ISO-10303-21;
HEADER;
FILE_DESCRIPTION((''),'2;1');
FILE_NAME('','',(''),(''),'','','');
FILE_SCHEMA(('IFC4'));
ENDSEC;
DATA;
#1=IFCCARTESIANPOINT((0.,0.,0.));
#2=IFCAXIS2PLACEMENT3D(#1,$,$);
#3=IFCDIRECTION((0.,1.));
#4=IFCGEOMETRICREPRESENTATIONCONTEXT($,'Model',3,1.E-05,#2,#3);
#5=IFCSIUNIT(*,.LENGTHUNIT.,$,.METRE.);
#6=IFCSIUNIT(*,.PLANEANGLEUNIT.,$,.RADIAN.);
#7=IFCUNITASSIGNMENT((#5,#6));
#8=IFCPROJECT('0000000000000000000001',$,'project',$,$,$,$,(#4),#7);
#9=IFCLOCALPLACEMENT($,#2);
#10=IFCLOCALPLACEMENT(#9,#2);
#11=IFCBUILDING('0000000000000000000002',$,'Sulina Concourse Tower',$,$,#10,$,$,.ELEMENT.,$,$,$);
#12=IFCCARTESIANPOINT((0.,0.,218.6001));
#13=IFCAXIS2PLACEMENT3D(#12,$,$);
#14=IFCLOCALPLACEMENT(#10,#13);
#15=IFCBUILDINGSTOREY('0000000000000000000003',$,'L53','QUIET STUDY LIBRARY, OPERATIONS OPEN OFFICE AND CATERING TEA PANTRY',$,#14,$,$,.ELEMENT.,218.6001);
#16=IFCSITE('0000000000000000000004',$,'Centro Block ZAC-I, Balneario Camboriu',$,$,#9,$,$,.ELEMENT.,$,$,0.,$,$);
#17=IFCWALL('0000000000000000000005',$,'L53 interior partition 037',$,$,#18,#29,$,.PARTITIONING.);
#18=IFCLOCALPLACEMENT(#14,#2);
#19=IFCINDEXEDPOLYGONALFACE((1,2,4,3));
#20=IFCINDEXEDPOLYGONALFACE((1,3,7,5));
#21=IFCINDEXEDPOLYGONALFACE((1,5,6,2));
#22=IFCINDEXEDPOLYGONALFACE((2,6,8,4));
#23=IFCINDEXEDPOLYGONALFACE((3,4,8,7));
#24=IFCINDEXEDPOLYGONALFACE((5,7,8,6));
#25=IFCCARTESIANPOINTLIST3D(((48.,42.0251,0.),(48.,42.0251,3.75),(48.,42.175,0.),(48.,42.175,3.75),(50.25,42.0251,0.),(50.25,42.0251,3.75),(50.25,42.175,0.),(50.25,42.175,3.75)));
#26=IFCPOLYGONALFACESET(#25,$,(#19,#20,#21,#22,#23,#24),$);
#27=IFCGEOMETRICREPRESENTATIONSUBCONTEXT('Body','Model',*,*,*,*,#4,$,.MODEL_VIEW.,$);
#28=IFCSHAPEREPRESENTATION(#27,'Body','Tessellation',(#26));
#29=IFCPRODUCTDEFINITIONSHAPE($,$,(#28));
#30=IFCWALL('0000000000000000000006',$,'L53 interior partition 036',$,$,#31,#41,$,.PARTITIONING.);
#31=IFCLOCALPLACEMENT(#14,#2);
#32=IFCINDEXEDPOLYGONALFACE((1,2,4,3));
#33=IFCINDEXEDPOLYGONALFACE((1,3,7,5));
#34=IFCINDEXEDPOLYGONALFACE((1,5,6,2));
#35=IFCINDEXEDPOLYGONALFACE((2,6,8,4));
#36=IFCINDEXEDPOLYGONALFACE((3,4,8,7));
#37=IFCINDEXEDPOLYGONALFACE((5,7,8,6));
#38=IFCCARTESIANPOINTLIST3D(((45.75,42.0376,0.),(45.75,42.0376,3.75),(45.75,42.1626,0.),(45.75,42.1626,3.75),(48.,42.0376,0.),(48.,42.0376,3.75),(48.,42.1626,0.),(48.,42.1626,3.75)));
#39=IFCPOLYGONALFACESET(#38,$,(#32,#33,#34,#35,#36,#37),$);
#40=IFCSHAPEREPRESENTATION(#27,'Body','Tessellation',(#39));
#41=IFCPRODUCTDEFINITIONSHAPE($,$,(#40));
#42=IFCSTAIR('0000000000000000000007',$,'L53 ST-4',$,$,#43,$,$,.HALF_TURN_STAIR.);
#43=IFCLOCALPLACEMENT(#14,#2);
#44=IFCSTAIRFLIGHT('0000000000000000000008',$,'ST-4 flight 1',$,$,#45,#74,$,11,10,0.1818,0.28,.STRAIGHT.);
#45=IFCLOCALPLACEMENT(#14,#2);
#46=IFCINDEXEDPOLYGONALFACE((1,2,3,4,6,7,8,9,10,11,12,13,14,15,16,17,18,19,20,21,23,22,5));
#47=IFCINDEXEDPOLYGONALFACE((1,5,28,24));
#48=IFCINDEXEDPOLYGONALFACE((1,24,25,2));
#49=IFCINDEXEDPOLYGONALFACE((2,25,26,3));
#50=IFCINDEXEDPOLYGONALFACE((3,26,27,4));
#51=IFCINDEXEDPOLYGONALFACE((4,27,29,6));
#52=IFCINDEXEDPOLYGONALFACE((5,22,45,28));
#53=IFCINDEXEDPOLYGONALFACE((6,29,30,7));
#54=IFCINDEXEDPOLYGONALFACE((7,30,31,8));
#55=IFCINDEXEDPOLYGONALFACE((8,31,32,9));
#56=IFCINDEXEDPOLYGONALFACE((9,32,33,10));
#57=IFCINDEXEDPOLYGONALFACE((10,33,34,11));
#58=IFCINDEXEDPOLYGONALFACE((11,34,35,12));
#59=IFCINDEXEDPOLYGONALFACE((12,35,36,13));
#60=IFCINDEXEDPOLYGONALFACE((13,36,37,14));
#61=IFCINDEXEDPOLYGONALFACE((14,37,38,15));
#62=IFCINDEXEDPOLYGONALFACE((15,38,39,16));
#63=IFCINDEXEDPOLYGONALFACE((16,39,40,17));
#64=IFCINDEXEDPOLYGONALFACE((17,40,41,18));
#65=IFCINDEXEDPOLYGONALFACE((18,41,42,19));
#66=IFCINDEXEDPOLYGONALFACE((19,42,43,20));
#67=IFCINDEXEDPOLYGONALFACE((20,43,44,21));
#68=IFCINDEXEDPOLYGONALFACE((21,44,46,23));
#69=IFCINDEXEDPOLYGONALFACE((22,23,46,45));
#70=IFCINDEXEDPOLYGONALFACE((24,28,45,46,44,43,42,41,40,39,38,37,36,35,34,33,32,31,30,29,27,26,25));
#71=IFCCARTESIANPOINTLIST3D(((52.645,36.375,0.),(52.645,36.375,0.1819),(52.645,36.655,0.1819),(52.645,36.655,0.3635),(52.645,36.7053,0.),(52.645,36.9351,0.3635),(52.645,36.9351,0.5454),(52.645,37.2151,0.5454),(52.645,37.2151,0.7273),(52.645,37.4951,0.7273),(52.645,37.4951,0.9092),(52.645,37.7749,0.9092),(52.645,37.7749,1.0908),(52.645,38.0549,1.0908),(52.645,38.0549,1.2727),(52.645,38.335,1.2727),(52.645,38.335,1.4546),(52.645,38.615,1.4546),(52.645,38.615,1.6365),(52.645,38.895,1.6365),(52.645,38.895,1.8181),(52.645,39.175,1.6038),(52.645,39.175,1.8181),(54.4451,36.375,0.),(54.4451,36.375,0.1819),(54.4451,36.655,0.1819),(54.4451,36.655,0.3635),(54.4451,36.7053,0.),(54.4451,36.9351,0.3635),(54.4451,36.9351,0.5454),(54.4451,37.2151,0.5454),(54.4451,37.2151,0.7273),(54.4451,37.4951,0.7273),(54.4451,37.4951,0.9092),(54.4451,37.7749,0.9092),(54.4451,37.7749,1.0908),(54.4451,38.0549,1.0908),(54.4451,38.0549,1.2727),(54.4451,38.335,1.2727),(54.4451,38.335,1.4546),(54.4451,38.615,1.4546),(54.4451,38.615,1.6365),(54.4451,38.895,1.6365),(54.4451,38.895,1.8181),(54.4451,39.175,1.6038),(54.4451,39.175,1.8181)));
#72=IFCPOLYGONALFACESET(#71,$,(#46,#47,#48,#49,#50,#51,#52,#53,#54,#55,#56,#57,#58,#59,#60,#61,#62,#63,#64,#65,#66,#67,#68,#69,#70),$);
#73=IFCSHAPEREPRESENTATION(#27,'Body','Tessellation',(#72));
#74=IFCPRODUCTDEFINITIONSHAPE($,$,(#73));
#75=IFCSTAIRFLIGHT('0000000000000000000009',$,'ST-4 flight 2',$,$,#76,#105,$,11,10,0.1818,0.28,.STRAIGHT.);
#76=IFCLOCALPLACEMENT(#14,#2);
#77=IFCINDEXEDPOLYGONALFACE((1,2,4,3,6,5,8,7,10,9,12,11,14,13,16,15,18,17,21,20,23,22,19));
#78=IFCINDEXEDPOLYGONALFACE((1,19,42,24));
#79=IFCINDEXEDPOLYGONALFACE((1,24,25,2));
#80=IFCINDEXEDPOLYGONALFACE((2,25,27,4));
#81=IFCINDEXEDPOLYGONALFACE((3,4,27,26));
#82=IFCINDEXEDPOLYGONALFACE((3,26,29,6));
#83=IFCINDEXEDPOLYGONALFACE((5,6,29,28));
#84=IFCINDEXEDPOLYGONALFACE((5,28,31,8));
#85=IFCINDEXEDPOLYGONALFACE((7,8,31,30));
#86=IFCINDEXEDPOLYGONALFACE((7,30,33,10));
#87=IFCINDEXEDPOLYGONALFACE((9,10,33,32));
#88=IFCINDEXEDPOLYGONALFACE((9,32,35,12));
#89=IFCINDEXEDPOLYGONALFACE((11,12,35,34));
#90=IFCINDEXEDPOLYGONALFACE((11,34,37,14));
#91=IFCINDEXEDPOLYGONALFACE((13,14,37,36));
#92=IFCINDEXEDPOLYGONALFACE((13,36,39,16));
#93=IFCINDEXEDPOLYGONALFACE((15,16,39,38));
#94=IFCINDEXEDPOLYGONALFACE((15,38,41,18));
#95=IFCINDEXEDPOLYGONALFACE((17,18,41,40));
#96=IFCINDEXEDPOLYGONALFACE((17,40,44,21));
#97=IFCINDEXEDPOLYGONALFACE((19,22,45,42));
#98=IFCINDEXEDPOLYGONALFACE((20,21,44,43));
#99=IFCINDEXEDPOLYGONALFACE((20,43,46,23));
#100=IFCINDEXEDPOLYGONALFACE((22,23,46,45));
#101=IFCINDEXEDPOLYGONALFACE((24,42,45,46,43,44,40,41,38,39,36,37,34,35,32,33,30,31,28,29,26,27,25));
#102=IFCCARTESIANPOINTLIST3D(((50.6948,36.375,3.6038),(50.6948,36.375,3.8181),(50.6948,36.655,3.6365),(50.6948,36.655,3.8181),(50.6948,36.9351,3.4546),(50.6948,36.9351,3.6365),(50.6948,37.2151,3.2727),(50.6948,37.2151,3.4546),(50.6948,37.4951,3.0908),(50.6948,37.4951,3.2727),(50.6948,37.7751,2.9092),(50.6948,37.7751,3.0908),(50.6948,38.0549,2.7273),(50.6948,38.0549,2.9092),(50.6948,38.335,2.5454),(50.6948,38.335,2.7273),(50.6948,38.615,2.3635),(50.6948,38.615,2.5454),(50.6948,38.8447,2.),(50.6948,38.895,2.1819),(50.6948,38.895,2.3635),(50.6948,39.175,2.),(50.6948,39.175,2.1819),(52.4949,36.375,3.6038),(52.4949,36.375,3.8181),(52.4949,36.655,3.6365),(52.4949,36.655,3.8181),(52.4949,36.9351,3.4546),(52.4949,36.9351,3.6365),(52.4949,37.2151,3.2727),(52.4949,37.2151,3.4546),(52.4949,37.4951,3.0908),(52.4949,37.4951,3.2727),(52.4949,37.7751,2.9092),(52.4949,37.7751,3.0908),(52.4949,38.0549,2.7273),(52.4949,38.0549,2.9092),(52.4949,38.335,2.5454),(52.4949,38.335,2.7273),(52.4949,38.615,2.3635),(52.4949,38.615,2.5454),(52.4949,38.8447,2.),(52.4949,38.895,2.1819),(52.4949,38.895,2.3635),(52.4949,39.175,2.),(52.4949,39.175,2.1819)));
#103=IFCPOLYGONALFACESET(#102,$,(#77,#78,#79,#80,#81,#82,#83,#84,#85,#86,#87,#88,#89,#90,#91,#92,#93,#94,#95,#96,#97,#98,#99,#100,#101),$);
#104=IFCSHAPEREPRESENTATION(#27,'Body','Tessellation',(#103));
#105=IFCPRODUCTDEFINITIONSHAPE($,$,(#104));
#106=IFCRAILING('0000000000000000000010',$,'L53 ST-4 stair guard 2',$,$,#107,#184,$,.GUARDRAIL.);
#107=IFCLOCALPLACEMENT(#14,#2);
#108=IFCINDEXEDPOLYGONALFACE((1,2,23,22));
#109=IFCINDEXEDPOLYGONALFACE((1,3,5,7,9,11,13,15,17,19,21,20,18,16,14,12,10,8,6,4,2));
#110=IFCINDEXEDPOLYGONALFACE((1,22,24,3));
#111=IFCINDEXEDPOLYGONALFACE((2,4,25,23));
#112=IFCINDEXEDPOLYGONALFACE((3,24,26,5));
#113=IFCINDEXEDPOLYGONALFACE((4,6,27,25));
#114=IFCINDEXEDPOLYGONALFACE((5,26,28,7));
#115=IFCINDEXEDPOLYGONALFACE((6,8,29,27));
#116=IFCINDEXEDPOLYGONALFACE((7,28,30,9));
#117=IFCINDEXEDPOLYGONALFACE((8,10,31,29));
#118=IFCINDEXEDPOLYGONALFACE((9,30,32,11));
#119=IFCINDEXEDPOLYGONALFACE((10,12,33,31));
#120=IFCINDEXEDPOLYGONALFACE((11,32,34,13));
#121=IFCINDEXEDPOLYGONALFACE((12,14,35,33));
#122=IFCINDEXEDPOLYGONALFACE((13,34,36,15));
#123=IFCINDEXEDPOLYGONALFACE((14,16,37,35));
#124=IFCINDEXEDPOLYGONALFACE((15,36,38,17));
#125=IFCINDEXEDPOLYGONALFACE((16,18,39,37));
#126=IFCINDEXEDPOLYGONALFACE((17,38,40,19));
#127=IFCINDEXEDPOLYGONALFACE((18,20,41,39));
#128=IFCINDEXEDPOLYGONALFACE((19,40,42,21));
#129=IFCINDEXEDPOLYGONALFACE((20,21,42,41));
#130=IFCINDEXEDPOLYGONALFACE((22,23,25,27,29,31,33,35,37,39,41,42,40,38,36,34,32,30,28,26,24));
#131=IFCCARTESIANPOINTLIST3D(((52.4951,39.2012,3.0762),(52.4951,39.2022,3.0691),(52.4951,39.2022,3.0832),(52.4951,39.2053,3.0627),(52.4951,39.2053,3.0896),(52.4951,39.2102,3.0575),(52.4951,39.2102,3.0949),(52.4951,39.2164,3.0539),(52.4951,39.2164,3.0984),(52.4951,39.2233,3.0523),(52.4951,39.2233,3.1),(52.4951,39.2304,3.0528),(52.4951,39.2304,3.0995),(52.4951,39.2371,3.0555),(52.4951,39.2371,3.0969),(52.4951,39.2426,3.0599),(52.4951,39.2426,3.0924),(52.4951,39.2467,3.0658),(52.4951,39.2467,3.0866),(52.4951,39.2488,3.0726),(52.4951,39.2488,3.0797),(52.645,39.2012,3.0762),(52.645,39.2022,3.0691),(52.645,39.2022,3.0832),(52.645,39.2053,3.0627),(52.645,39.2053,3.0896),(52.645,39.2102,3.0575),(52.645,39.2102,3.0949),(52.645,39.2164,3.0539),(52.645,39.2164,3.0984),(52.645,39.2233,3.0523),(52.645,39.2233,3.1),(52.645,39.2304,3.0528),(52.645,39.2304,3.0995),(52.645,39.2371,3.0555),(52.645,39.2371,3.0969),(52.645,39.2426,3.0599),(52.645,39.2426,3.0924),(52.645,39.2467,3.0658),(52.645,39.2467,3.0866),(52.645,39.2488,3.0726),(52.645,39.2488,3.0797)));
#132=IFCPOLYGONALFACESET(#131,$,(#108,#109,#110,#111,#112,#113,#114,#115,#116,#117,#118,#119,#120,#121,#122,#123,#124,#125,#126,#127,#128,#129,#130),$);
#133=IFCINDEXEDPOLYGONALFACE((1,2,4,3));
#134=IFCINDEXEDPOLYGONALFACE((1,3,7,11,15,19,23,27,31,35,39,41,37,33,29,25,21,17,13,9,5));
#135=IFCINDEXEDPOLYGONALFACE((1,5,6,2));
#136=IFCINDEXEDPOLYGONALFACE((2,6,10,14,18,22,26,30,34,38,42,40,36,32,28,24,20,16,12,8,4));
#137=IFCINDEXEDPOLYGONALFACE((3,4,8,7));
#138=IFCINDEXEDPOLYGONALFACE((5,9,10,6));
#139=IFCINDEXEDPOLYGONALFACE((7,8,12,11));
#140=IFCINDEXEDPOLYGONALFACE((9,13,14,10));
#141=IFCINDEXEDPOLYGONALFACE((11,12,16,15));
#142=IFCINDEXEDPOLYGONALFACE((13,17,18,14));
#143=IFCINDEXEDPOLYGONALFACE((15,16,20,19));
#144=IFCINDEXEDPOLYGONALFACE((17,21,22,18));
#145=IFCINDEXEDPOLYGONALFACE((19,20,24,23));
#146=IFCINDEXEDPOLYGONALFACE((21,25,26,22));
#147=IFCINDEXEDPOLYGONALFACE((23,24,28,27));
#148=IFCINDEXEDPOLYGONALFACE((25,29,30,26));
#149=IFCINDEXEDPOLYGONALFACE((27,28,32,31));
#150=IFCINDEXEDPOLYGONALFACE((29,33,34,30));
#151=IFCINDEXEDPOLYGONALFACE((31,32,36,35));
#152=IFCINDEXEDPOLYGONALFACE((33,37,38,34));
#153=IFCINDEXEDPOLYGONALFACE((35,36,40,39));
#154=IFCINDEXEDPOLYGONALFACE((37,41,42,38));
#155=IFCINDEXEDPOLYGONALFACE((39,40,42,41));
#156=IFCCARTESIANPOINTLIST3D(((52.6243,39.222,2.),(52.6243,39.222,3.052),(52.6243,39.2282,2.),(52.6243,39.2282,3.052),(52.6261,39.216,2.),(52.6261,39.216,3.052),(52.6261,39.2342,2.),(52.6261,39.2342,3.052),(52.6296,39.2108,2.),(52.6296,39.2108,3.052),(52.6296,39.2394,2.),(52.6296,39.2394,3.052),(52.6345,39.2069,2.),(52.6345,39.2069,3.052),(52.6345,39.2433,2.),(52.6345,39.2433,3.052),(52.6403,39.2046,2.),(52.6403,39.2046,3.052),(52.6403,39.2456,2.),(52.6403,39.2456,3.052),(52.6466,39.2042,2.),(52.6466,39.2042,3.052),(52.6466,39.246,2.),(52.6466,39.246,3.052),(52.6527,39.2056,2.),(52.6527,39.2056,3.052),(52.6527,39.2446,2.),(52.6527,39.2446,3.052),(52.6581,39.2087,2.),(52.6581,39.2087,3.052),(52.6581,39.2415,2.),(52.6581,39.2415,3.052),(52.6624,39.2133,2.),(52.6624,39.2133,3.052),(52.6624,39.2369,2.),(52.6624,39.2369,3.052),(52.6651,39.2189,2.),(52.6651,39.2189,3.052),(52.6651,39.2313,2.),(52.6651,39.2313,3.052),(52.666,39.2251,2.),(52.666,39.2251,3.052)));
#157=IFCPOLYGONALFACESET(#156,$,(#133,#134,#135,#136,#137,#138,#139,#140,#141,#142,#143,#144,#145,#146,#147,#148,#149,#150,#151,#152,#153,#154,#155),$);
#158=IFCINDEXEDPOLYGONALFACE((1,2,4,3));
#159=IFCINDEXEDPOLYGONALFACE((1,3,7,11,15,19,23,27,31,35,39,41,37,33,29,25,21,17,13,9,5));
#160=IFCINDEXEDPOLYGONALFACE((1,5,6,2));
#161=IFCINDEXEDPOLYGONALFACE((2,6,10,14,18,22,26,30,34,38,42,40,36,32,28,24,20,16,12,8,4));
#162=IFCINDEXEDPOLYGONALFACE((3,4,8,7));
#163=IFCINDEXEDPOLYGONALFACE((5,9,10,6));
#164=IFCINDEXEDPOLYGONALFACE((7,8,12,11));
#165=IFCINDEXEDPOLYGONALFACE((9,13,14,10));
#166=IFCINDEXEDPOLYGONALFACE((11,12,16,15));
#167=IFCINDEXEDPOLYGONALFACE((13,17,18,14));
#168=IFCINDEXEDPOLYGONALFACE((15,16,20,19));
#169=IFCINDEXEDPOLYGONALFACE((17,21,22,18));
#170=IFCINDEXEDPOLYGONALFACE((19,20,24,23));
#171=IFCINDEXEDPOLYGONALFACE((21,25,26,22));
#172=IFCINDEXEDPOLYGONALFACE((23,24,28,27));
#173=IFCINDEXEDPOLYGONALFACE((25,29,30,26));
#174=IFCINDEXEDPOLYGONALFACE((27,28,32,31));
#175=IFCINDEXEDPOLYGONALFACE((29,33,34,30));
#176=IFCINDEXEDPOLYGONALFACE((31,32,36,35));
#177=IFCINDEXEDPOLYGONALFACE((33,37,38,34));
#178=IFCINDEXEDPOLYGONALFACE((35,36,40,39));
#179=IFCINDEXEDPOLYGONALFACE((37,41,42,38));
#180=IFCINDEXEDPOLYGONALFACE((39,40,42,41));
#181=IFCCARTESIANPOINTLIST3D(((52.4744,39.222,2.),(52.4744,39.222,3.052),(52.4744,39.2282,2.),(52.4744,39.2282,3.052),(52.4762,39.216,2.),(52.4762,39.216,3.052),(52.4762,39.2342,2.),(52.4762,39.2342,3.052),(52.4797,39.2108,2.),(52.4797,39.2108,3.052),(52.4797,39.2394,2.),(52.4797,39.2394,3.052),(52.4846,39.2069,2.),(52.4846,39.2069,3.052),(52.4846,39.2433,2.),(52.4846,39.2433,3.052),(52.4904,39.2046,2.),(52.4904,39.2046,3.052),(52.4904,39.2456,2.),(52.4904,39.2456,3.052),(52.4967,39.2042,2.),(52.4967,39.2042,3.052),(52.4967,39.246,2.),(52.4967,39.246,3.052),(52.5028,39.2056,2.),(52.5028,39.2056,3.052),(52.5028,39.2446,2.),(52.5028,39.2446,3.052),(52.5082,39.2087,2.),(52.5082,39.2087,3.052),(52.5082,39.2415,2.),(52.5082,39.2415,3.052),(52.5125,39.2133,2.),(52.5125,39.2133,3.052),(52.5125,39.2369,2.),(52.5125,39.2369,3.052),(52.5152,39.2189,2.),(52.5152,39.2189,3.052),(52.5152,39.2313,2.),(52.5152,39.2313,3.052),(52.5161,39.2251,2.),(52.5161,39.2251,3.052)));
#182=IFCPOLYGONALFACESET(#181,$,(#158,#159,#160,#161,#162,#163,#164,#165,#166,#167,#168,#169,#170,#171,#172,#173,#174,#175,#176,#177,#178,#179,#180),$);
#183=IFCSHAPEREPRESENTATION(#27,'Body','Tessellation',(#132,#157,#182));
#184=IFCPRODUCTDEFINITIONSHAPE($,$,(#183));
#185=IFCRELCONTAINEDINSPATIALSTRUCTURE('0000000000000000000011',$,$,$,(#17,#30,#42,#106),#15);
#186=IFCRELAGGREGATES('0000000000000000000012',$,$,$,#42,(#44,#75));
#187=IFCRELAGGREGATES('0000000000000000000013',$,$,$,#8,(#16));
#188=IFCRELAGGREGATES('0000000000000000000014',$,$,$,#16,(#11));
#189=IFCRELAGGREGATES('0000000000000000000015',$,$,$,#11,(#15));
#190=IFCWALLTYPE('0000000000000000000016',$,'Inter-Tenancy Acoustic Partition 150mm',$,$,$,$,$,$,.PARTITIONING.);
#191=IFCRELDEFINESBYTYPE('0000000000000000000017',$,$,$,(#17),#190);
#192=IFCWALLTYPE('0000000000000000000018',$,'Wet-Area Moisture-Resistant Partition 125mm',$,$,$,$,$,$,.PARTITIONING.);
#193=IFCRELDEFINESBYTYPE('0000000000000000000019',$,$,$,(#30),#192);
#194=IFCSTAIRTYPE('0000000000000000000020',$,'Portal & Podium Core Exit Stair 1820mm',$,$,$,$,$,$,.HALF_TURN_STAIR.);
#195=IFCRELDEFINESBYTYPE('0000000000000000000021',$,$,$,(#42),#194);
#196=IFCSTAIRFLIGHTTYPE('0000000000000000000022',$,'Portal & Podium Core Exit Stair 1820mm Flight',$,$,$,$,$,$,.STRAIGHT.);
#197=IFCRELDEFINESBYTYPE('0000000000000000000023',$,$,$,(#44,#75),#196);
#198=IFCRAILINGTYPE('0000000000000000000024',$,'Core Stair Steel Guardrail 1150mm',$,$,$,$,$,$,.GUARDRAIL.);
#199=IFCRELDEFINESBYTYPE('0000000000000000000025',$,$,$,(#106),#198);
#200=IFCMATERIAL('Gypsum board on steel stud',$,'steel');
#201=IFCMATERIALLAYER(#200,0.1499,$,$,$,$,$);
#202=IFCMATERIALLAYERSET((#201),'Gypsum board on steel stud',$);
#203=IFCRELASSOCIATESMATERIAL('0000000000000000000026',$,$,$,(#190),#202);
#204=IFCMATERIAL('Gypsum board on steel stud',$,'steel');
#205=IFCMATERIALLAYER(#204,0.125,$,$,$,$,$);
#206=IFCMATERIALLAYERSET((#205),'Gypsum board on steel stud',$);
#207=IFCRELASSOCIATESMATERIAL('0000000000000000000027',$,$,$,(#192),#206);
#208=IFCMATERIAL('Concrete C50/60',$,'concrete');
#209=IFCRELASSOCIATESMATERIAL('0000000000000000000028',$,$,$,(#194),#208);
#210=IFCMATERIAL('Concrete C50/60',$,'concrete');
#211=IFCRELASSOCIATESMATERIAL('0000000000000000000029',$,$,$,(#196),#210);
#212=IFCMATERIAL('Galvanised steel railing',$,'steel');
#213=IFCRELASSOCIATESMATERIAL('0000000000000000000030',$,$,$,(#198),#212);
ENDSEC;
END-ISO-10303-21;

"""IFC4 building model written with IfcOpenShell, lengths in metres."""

from ifc_helpers import new_model, si_unit, direction, frame, frame_2d, origin, origin_2d, place, context, subcontext, project, spatial, polyline, rectangle, circle, outline, extrude, material, layer, layer_set, type_object, element, aggregate, save


model = new_model("IFC4")

# Units and contexts
model_context = context("Model", 3, precision=1e-05, world=origin(), true_north=direction((0.0, 1.0)))
body_context = subcontext(model_context, "Body", "Model", "MODEL_VIEW")
ifc_project = project(units=[si_unit("LENGTHUNIT", "METRE"), si_unit("PLANEANGLEUNIT", "RADIAN")], contexts=[model_context])

# Site, building, storey
site_placement = place(None, origin())
site = spatial("IfcSite", under=ifc_project, at=site_placement, Name="Centro Block ZAC-I, Balneario Camboriu", CompositionType="ELEMENT", RefElevation=0.0)
building_placement = place(site_placement, origin())
building = spatial("IfcBuilding", under=site, at=building_placement, Name="Sulina Concourse Tower", CompositionType="ELEMENT")
storey_placement = place(building_placement, frame((0.0, 0.0, 218.6001)))
storey = spatial("IfcBuildingStorey", under=building, at=storey_placement, Name="L53", Description="QUIET STUDY LIBRARY, OPERATIONS OPEN OFFICE AND CATERING TEA PANTRY", CompositionType="ELEMENT", Elevation=218.6001)

# Walls
ifc_material_1 = material(Name="Gypsum board on steel stud", Category="steel")
ifc_layer_1 = layer(ifc_material_1, 0.1499)
ifc_layer_set_1 = layer_set([ifc_layer_1], Name="Gypsum board on steel stud")
wall_type_1 = type_object("IfcWallType", Name="Inter-Tenancy Acoustic Partition 150mm", PredefinedType="PARTITIONING", material=ifc_layer_set_1)
wall_1_placement = place(storey_placement, frame((48.0, 42.1001, 0.0), z_axis=(0.0, 0.0, 1.0), x_axis=(1.0, 0.0, 0.0)))
element("IfcWall", 1, at=wall_1_placement, inside=storey, type_object=wall_type_1, Name="L53 interior partition 037", PredefinedType="PARTITIONING", context=body_context, shape_type="SweptSolid", body=[
    extrude(rectangle(XDim=2.25, YDim=0.1499, at=frame_2d((1.125, 0.0))), origin(), (0.0, 0.0, 1.0), 3.75),
])
ifc_material_2 = material(Name="Gypsum board on steel stud", Category="steel")
ifc_layer_2 = layer(ifc_material_2, 0.125)
ifc_layer_set_2 = layer_set([ifc_layer_2], Name="Gypsum board on steel stud")
wall_type_2 = type_object("IfcWallType", Name="Wet-Area Moisture-Resistant Partition 125mm", PredefinedType="PARTITIONING", material=ifc_layer_set_2)
wall_2_placement = place(storey_placement, frame((45.75, 42.1001, 0.0), z_axis=(0.0, 0.0, 1.0), x_axis=(1.0, 0.0, 0.0)))
element("IfcWall", 2, at=wall_2_placement, inside=storey, type_object=wall_type_2, Name="L53 interior partition 036", PredefinedType="PARTITIONING", context=body_context, shape_type="SweptSolid", body=[
    extrude(rectangle(XDim=2.25, YDim=0.125, at=frame_2d((1.125, 0.0))), origin(), (0.0, 0.0, 1.0), 3.75),
])

# Stair, stair flights
ifc_material_3 = material(Name="Concrete C50/60", Category="concrete")
stair_type = type_object("IfcStairType", Name="Portal & Podium Core Exit Stair 1820mm", PredefinedType="HALF_TURN_STAIR", material=ifc_material_3)
stair_placement = place(storey_placement, origin())
stair = element("IfcStair", 3, at=stair_placement, inside=storey, type_object=stair_type, Name="L53 ST-4", PredefinedType="HALF_TURN_STAIR")
ifc_material_4 = material(Name="Concrete C50/60", Category="concrete")
stair_flight_type = type_object("IfcStairFlightType", Name="Portal & Podium Core Exit Stair 1820mm Flight", PredefinedType="STRAIGHT", material=ifc_material_4)
stair_flight_1_placement = place(storey_placement, frame((53.5449, 36.375, 0.0), z_axis=(0.0, 0.0, 1.0), x_axis=(0.0, 1.0, 0.0)))
stair_flight_1 = element("IfcStairFlight", 4, at=stair_flight_1_placement, type_object=stair_flight_type, Name="ST-4 flight 1", NumberOfRisers=11, NumberOfTreads=10, PredefinedType="STRAIGHT", RiserHeight=0.1818, TreadLength=0.28, context=body_context, shape_type="SweptSolid", body=[
    extrude(outline(polyline([(0.0, 0.0), (0.0, 0.1819), (0.28, 0.1819), (0.28, 0.3635), (0.5601, 0.3635), (0.5601, 0.5454), (0.8401, 0.5454), (0.8401, 0.7273), (1.1201, 0.7273), (1.1201, 0.9092), (1.3999, 0.9092), (1.3999, 1.0908), (1.6799, 1.0908), (1.6799, 1.2727), (1.96, 1.2727), (1.96, 1.4546), (2.24, 1.4546), (2.24, 1.6365), (2.52, 1.6365), (2.52, 1.8181), (2.8, 1.8181), (2.8, 2.0), (2.8, 1.6038), (0.3303, 0.0), (0.0, 0.0)])), frame((0.0, 0.8999, 0.0), z_axis=(0.0, -1.0, 0.0), x_axis=(1.0, 0.0, 0.0)), (0.0, 0.0, 1.0), 1.8),
])
stair_flight_2_placement = place(storey_placement, frame((51.595, 39.175, 2.0), z_axis=(0.0, 0.0, 1.0), x_axis=(0.0, -1.0, 0.0)))
stair_flight_2 = element("IfcStairFlight", 5, at=stair_flight_2_placement, type_object=stair_flight_type, Name="ST-4 flight 2", NumberOfRisers=11, NumberOfTreads=10, PredefinedType="STRAIGHT", RiserHeight=0.1818, TreadLength=0.28, context=body_context, shape_type="SweptSolid", body=[
    extrude(outline(polyline([(0.0, 0.0), (0.0, 0.1819), (0.28, 0.1819), (0.28, 0.3635), (0.5601, 0.3635), (0.5601, 0.5454), (0.8401, 0.5454), (0.8401, 0.7273), (1.1201, 0.7273), (1.1201, 0.9092), (1.3999, 0.9092), (1.3999, 1.0908), (1.6799, 1.0908), (1.6799, 1.2727), (1.96, 1.2727), (1.96, 1.4546), (2.24, 1.4546), (2.24, 1.6365), (2.52, 1.6365), (2.52, 1.8181), (2.8, 1.8181), (2.8, 2.0), (2.8, 1.6038), (0.3303, 0.0), (0.0, 0.0)])), frame((0.0, 0.8999, 0.0), z_axis=(0.0, -1.0, 0.0), x_axis=(1.0, 0.0, 0.0)), (0.0, 0.0, 1.0), 1.8),
])
aggregate(stair, [stair_flight_1, stair_flight_2])

# Railing
ifc_material_5 = material(Name="Galvanised steel railing", Category="steel")
railing_type_1 = type_object("IfcRailingType", Name="Core Stair Steel Guardrail 1150mm", PredefinedType="GUARDRAIL", material=ifc_material_5)
railing_1_placement = place(storey_placement, frame((52.645, 39.2251, 2.0)))
element("IfcRailing", 6, at=railing_1_placement, inside=storey, type_object=railing_type_1, Name="L53 ST-4 stair guard 2", PredefinedType="GUARDRAIL", context=body_context, shape_type="SweptSolid", body=[
    extrude(circle(Radius=0.0239, at=origin_2d()), frame((0.0, 0.0, 1.0762), z_axis=(-1.0, 0.0, 0.0), x_axis=(0.0, -1.0, 0.0)), (0.0, 0.0, 1.0), 0.1499),
    extrude(circle(Radius=0.021, at=origin_2d()), origin(), (0.0, 0.0, 1.0), 1.052),
    extrude(circle(Radius=0.021, at=origin_2d()), frame((-0.1499, 0.0, 0.0)), (0.0, 0.0, 1.0), 1.052),
])

save(model, "model.ifc")
